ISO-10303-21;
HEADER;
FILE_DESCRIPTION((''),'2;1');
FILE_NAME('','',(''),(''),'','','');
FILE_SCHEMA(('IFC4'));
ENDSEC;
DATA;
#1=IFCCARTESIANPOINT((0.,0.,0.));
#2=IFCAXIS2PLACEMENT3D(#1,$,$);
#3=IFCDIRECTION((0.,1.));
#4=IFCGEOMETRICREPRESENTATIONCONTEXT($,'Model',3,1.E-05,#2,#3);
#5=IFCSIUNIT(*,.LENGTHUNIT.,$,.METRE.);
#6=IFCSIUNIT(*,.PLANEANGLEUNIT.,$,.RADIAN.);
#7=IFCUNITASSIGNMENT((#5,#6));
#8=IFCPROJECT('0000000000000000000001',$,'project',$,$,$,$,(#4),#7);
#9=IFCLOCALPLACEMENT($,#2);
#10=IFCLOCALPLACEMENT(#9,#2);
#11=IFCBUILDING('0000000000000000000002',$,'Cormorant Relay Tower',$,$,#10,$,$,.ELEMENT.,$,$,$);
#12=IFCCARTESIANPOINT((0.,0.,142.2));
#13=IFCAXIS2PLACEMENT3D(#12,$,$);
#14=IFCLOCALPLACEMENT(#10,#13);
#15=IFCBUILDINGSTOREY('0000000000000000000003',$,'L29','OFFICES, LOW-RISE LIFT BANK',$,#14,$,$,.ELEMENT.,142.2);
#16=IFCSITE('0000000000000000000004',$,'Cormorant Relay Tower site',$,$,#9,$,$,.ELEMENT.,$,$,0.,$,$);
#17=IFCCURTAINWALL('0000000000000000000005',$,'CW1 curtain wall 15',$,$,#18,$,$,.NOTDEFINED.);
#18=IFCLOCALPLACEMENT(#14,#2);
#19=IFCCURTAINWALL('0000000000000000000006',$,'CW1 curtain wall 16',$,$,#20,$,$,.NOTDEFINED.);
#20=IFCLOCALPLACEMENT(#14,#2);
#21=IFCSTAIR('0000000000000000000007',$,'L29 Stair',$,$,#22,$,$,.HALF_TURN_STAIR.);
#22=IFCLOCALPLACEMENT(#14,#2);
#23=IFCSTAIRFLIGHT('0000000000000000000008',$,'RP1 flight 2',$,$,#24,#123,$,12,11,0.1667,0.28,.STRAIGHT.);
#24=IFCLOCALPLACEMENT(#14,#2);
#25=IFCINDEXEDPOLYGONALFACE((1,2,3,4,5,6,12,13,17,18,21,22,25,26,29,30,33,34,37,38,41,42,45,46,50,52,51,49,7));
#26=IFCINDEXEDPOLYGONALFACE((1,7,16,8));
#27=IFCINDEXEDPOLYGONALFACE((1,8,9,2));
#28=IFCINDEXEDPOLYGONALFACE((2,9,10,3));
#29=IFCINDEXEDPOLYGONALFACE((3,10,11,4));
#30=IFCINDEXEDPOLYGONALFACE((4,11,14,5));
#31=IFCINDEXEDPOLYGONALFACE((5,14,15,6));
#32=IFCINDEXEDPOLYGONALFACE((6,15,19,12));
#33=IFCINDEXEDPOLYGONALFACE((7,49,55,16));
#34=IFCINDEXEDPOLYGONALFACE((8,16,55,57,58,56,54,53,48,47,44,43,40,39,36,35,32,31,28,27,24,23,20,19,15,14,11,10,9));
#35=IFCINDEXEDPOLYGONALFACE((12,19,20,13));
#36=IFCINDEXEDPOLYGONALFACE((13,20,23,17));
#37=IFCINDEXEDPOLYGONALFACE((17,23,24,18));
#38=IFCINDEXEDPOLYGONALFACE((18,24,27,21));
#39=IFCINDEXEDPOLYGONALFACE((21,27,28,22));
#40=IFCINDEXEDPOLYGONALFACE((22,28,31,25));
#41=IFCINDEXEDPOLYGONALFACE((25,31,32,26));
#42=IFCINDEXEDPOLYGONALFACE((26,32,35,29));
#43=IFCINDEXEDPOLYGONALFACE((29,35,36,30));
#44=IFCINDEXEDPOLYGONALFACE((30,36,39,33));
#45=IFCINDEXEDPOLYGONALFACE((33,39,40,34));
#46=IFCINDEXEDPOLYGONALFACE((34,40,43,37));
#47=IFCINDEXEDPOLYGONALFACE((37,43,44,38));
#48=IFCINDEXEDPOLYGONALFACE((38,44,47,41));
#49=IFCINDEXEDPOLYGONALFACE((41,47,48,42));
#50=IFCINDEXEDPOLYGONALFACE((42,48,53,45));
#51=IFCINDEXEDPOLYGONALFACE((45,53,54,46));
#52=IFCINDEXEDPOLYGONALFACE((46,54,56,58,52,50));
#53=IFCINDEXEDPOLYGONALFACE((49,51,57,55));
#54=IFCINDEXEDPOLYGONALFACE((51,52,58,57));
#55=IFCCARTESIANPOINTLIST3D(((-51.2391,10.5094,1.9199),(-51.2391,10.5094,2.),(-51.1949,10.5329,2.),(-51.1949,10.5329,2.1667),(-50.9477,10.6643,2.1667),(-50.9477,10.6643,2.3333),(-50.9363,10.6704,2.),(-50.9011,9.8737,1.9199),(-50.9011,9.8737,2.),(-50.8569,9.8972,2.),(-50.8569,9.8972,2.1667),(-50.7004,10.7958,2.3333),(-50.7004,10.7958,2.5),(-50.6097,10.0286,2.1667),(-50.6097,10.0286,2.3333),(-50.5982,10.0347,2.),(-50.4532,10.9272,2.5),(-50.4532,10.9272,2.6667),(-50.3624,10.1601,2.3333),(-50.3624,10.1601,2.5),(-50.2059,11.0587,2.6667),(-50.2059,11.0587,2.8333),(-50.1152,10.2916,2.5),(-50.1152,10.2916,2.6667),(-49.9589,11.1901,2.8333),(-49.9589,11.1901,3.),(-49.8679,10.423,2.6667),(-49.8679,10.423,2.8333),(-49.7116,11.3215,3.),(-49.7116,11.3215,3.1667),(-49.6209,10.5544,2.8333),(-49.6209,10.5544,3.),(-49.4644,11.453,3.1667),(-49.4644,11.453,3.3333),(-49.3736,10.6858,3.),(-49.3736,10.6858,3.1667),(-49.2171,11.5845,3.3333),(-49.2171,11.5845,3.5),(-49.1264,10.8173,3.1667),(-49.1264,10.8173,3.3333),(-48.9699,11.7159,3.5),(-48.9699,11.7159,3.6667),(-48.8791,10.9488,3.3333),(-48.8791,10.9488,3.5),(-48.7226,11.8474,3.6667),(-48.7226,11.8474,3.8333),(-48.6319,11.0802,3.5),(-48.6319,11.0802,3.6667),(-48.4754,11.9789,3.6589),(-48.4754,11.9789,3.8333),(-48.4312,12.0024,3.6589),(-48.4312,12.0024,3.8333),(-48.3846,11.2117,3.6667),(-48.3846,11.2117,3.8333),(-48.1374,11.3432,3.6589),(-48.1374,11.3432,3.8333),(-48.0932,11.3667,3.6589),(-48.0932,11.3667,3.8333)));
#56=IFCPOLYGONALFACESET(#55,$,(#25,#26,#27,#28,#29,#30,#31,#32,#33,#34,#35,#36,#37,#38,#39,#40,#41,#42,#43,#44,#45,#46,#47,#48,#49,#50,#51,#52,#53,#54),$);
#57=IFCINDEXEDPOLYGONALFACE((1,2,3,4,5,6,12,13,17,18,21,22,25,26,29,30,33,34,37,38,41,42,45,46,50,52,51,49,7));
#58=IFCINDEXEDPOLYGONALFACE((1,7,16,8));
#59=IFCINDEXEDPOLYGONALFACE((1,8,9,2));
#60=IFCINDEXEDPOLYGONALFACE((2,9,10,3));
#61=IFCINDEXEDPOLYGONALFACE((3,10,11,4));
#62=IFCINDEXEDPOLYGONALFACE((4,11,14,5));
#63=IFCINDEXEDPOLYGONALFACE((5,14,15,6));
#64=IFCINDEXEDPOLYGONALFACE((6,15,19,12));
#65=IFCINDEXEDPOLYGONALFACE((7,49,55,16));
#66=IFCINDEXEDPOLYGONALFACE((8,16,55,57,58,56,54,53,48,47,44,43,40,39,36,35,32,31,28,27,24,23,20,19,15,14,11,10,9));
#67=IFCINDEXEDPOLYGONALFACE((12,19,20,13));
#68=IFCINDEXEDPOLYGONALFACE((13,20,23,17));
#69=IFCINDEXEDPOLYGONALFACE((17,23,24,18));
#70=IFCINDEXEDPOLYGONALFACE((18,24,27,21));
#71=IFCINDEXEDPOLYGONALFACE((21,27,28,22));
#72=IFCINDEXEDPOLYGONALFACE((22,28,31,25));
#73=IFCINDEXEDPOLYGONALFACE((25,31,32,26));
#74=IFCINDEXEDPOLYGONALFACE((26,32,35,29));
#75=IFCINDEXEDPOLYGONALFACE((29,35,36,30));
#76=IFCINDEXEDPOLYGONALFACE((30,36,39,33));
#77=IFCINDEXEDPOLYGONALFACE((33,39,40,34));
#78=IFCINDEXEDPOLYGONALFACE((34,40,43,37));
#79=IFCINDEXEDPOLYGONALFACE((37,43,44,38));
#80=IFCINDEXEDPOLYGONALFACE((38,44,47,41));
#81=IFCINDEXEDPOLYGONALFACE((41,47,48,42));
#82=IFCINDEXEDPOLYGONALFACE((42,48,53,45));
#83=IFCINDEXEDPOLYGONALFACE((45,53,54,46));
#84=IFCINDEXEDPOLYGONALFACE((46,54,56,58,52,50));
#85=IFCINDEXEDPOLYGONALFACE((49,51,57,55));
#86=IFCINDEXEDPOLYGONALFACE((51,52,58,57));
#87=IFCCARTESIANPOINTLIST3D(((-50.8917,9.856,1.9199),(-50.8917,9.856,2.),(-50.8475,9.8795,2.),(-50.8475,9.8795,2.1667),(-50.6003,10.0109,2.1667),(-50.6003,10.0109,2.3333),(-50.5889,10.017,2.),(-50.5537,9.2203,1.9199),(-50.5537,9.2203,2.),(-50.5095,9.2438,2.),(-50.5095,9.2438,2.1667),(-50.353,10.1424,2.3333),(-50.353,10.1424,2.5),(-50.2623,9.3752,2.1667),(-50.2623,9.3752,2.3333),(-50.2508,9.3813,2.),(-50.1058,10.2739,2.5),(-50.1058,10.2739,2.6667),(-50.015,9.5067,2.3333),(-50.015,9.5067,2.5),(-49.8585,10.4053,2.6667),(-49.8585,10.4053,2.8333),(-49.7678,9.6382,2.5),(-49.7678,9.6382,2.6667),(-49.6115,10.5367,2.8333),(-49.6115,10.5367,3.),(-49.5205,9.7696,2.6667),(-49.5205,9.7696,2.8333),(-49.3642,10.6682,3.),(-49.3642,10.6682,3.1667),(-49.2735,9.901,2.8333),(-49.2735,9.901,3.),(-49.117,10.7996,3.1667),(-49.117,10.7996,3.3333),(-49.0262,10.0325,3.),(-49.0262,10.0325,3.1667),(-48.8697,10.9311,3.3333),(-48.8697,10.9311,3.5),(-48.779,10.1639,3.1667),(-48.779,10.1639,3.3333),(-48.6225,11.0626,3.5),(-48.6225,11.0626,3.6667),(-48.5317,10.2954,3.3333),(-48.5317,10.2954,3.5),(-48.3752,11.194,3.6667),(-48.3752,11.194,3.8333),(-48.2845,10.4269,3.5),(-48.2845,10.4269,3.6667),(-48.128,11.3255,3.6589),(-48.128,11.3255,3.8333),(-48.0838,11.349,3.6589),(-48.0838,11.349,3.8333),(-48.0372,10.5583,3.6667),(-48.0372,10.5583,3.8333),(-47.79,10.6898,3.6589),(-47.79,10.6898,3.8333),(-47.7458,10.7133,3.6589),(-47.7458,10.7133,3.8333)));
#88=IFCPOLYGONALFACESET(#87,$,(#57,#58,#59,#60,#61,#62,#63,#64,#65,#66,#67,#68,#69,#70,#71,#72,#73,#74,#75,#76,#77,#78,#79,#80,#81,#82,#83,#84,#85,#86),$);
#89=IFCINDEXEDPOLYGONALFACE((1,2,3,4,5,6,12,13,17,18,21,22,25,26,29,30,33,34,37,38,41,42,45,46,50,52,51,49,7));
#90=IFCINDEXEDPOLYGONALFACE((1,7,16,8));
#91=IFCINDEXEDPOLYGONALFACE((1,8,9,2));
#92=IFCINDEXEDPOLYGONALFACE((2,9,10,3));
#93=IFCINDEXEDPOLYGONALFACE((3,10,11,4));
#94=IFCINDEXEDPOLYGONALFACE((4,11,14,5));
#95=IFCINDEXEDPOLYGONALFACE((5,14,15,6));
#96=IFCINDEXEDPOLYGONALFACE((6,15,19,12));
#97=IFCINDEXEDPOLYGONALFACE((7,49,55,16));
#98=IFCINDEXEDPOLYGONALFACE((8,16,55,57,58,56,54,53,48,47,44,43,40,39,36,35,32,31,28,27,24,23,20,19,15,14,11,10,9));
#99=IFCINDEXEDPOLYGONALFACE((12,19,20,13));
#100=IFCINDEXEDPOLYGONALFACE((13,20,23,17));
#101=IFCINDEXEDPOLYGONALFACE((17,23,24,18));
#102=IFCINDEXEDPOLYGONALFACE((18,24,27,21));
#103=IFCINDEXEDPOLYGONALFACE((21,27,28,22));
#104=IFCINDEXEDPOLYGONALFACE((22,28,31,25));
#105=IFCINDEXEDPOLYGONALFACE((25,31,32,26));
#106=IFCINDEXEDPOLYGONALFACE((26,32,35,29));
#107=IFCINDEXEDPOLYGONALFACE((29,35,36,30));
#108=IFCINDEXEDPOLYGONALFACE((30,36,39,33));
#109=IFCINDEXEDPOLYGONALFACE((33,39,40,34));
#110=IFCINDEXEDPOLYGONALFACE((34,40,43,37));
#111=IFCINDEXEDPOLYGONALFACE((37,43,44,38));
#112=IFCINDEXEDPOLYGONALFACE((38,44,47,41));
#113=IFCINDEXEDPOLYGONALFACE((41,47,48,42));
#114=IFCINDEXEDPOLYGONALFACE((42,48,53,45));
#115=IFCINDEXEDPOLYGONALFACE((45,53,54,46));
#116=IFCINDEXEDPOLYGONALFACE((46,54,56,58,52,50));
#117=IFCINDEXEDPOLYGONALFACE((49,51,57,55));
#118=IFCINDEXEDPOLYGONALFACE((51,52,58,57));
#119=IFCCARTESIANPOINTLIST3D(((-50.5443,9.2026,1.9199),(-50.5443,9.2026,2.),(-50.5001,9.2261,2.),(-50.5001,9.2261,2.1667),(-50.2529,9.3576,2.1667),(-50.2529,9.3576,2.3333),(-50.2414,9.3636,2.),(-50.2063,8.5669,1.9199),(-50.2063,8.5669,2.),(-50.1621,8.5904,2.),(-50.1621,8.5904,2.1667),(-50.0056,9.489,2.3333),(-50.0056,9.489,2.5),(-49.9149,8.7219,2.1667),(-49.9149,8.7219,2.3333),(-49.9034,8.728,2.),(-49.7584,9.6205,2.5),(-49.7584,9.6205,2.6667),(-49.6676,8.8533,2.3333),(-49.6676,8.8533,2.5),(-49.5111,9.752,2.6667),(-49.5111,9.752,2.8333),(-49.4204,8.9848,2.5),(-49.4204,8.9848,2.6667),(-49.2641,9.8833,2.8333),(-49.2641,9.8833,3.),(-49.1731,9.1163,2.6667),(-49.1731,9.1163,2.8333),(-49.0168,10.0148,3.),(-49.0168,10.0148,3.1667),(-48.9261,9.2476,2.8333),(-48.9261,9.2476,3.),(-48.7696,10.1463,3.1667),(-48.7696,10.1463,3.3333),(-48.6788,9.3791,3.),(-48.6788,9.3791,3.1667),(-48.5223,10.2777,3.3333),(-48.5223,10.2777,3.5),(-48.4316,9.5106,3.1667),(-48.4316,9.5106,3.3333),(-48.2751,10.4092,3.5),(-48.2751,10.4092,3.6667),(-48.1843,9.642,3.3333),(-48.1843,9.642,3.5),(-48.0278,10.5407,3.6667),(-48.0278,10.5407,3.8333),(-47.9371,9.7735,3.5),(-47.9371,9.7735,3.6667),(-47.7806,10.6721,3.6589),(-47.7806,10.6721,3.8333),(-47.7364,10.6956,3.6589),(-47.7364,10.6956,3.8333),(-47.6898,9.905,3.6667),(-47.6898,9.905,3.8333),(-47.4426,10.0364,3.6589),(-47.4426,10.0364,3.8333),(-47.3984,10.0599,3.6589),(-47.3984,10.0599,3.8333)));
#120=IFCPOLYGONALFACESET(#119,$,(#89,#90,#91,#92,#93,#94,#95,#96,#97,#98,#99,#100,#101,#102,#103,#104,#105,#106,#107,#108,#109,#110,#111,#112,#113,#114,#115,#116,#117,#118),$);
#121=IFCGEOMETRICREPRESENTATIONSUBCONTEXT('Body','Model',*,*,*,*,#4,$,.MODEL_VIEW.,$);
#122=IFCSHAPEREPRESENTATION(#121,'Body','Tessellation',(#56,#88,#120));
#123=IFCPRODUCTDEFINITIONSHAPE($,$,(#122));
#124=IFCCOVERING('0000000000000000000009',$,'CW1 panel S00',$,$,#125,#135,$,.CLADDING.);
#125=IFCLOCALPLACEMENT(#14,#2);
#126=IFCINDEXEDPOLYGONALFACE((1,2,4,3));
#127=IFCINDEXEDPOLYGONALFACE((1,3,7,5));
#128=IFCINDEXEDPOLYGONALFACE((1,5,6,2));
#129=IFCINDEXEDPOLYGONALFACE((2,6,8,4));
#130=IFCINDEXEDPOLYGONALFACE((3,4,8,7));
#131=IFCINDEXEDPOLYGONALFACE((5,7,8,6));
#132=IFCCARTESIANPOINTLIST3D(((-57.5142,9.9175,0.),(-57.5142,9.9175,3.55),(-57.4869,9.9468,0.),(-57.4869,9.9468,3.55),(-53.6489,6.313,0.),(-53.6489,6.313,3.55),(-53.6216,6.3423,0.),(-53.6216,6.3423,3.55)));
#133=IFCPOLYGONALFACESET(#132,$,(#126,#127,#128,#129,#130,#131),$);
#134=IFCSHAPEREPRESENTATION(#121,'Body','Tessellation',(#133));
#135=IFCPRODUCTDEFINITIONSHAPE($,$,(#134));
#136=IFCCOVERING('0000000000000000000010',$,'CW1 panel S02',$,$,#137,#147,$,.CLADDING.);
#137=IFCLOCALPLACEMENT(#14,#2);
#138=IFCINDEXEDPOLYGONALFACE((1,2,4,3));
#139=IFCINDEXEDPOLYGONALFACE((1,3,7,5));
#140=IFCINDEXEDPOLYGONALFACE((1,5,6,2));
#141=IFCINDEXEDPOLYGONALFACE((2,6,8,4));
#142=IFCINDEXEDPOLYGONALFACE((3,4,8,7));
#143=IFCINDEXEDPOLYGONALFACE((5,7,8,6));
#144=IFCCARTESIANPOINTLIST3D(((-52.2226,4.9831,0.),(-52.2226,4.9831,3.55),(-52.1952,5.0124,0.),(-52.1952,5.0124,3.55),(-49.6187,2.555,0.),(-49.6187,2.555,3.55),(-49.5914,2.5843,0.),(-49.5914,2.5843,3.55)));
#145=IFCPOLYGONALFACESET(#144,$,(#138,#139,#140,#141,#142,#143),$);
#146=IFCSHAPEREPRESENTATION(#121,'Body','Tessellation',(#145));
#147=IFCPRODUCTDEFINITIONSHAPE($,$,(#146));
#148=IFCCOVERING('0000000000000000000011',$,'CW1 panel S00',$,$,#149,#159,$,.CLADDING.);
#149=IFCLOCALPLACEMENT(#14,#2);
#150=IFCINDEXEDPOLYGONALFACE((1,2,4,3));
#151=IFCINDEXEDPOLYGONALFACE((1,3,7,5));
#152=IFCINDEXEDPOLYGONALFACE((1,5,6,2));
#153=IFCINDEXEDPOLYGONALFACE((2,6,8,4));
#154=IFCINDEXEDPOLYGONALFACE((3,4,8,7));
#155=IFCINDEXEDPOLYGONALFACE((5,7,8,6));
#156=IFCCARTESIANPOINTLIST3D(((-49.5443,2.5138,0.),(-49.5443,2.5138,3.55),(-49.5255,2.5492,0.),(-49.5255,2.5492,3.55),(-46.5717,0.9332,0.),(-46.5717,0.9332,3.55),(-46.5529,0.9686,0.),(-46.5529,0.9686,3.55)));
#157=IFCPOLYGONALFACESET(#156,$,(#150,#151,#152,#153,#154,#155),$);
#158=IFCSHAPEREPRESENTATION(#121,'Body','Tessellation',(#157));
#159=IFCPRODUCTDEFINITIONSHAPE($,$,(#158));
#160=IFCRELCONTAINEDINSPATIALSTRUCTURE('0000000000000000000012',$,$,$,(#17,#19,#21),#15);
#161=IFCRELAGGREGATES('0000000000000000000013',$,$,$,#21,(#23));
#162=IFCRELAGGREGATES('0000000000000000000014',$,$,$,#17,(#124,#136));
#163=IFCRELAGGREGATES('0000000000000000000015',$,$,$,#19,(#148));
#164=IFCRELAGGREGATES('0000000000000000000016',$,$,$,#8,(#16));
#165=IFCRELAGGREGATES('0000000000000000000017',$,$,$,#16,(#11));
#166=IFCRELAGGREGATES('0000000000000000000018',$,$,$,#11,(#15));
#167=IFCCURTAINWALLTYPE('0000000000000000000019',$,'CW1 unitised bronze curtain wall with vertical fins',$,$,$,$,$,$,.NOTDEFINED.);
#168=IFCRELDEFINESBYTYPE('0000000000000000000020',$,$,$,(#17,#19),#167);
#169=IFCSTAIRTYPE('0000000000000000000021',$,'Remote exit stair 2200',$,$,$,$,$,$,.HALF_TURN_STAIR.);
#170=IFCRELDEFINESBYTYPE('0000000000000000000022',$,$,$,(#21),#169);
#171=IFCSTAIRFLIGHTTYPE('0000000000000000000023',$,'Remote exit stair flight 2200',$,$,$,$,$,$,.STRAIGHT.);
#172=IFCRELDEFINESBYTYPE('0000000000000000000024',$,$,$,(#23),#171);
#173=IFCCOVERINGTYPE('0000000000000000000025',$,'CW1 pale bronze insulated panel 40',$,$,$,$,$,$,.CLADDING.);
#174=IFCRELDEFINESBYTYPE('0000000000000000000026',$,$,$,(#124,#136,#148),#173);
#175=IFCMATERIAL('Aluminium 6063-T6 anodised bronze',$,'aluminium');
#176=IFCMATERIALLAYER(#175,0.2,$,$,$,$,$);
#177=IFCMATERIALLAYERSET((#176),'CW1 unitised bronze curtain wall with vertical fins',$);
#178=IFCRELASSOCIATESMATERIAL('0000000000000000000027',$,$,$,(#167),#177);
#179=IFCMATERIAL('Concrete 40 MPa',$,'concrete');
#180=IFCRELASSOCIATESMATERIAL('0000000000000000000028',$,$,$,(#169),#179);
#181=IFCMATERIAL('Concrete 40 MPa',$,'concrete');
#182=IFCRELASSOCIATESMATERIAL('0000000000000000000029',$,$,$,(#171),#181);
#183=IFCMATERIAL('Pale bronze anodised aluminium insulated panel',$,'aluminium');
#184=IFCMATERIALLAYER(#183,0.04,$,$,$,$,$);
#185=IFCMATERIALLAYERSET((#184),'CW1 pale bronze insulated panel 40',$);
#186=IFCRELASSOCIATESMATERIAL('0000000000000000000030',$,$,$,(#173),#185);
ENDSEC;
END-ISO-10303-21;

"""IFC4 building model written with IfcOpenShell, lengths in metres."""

from ifc_helpers import new_model, si_unit, direction, frame, origin, origin_2d, place, context, subcontext, project, spatial, polyline, rectangle, outline, extrude, material, layer, layer_set, type_object, element, aggregate, save


model = new_model("IFC4")

# Units and contexts
model_context = context("Model", 3, precision=1e-05, world=origin(), true_north=direction((0.0, 1.0)))
body_context = subcontext(model_context, "Body", "Model", "MODEL_VIEW")
ifc_project = project(units=[si_unit("LENGTHUNIT", "METRE"), si_unit("PLANEANGLEUNIT", "RADIAN")], contexts=[model_context])

# Site, building, storey
site_placement = place(None, origin())
site = spatial("IfcSite", under=ifc_project, at=site_placement, Name="Cormorant Relay Tower site", CompositionType="ELEMENT", RefElevation=0.0)
building_placement = place(site_placement, origin())
building = spatial("IfcBuilding", under=site, at=building_placement, Name="Cormorant Relay Tower", CompositionType="ELEMENT")
storey_placement = place(building_placement, frame((0.0, 0.0, 142.2)))
storey = spatial("IfcBuildingStorey", under=building, at=storey_placement, Name="L29", Description="OFFICES, LOW-RISE LIFT BANK", CompositionType="ELEMENT", Elevation=142.2)

# Shared definitions
ifc_material_1 = material(Name="Aluminium 6063-T6 anodised bronze", Category="aluminium")
ifc_layer_1 = layer(ifc_material_1, 0.2)
ifc_layer_set_1 = layer_set([ifc_layer_1], Name="CW1 unitised bronze curtain wall with vertical fins")
curtain_wall_type = type_object("IfcCurtainWallType", Name="CW1 unitised bronze curtain wall with vertical fins", PredefinedType="NOTDEFINED", material=ifc_layer_set_1)

# Curtain wall
curtain_wall_1_placement = place(storey_placement, origin())
curtain_wall_1 = element("IfcCurtainWall", 1, at=curtain_wall_1_placement, inside=storey, type_object=curtain_wall_type, Name="CW1 curtain wall 15", PredefinedType="NOTDEFINED")

# Curtain wall
curtain_wall_2_placement = place(storey_placement, origin())
curtain_wall_2 = element("IfcCurtainWall", 2, at=curtain_wall_2_placement, inside=storey, type_object=curtain_wall_type, Name="CW1 curtain wall 16", PredefinedType="NOTDEFINED")

# Stair, stair flight
ifc_material_2 = material(Name="Concrete 40 MPa", Category="concrete")
stair_type = type_object("IfcStairType", Name="Remote exit stair 2200", PredefinedType="HALF_TURN_STAIR", material=ifc_material_2)
stair_placement = place(storey_placement, origin())
stair = element("IfcStair", 3, at=stair_placement, inside=storey, type_object=stair_type, Name="L29 Stair", PredefinedType="HALF_TURN_STAIR")
ifc_material_3 = material(Name="Concrete 40 MPa", Category="concrete")
stair_flight_type = type_object("IfcStairFlightType", Name="Remote exit stair flight 2200", PredefinedType="STRAIGHT", material=ifc_material_3)
stair_flight_1_placement = place(storey_placement, frame((-50.6785, 9.5615, 2.0), z_axis=(0.0, 0.0, 1.0), x_axis=(0.882948, 0.469472, 0.0)))
stair_flight_1 = element("IfcStairFlight", 4, at=stair_flight_1_placement, type_object=stair_flight_type, Name="RP1 flight 2", NumberOfRisers=12, NumberOfTreads=11, PredefinedType="STRAIGHT", RiserHeight=0.1667, TreadLength=0.28, context=body_context, shape_type="SweptSolid", body=[
    extrude(outline(polyline([(-0.05, -0.0801), (-0.05, 0.0), (0.0, 0.0), (0.0, 0.1667), (0.28, 0.1667), (0.28, 0.3333), (0.5601, 0.3333), (0.5601, 0.5), (0.8401, 0.5), (0.8401, 0.6667), (1.1201, 0.6667), (1.1201, 0.8333), (1.3999, 0.8333), (1.3999, 1.0), (1.6799, 1.0), (1.6799, 1.1667), (1.96, 1.1667), (1.96, 1.3333), (2.24, 1.3333), (2.24, 1.5), (2.52, 1.5), (2.52, 1.6667), (2.8, 1.6667), (2.8, 1.8333), (3.0801, 1.8333), (3.1301, 1.8333), (3.1301, 1.6589), (3.0801, 1.6589), (0.293, 0.0), (-0.05, -0.0801)])), frame((0.0, 1.1001, 0.0), z_axis=(0.0, -1.0, 0.0), x_axis=(1.0, 0.0, 0.0)), (0.0, 0.0, 1.0), 0.72),
    extrude(outline(polyline([(-0.05, -0.0801), (-0.05, 0.0), (0.0, 0.0), (0.0, 0.1667), (0.28, 0.1667), (0.28, 0.3333), (0.5601, 0.3333), (0.5601, 0.5), (0.8401, 0.5), (0.8401, 0.6667), (1.1201, 0.6667), (1.1201, 0.8333), (1.3999, 0.8333), (1.3999, 1.0), (1.6799, 1.0), (1.6799, 1.1667), (1.96, 1.1667), (1.96, 1.3333), (2.24, 1.3333), (2.24, 1.5), (2.52, 1.5), (2.52, 1.6667), (2.8, 1.6667), (2.8, 1.8333), (3.0801, 1.8333), (3.1301, 1.8333), (3.1301, 1.6589), (3.0801, 1.6589), (0.293, 0.0), (-0.05, -0.0801)])), frame((0.0, 0.3601, 0.0), z_axis=(0.0, -1.0, 0.0), x_axis=(1.0, 0.0, 0.0)), (0.0, 0.0, 1.0), 0.72),
    extrude(outline(polyline([(-0.05, -0.0801), (-0.05, 0.0), (0.0, 0.0), (0.0, 0.1667), (0.28, 0.1667), (0.28, 0.3333), (0.5601, 0.3333), (0.5601, 0.5), (0.8401, 0.5), (0.8401, 0.6667), (1.1201, 0.6667), (1.1201, 0.8333), (1.3999, 0.8333), (1.3999, 1.0), (1.6799, 1.0), (1.6799, 1.1667), (1.96, 1.1667), (1.96, 1.3333), (2.24, 1.3333), (2.24, 1.5), (2.52, 1.5), (2.52, 1.6667), (2.8, 1.6667), (2.8, 1.8333), (3.0801, 1.8333), (3.1301, 1.8333), (3.1301, 1.6589), (3.0801, 1.6589), (0.293, 0.0), (-0.05, -0.0801)])), frame((0.0, -0.3799, 0.0), z_axis=(0.0, -1.0, 0.0), x_axis=(1.0, 0.0, 0.0)), (0.0, 0.0, 1.0), 0.72),
])
aggregate(stair, [stair_flight_1])

# Coverings
ifc_material_4 = material(Name="Pale bronze anodised aluminium insulated panel", Category="aluminium")
ifc_layer_2 = layer(ifc_material_4, 0.04)
ifc_layer_set_2 = layer_set([ifc_layer_2], Name="CW1 pale bronze insulated panel 40")
covering_type = type_object("IfcCoveringType", Name="CW1 pale bronze insulated panel 40", PredefinedType="CLADDING", material=ifc_layer_set_2)
covering_1_placement = place(storey_placement, frame((-55.5679, 8.1299, 0.0), z_axis=(0.0, 0.0, 1.0), x_axis=(0.731354, -0.681998, 0.0)))
covering_1 = element("IfcCovering", 5, at=covering_1_placement, type_object=covering_type, Name="CW1 panel S00", PredefinedType="CLADDING", context=body_context, shape_type="SweptSolid", body=[
    extrude(rectangle(XDim=5.2852, YDim=0.04, at=origin_2d()), origin(), (0.0, 0.0, 1.0), 3.55),
])
covering_2_placement = place(storey_placement, frame((-50.907, 3.7837, 0.0), z_axis=(0.0, 0.0, 1.0), x_axis=(0.731354, -0.681998, 0.0)))
covering_2 = element("IfcCovering", 6, at=covering_2_placement, type_object=covering_type, Name="CW1 panel S02", PredefinedType="CLADDING", context=body_context, shape_type="SweptSolid", body=[
    extrude(rectangle(XDim=3.5603, YDim=0.04, at=origin_2d()), origin(), (0.0, 0.0, 1.0), 3.55),
])
aggregate(curtain_wall_1, [covering_1, covering_2])
covering_3_placement = place(storey_placement, frame((-48.0486, 1.7412, 0.0), z_axis=(0.0, 0.0, 1.0), x_axis=(0.882948, -0.469472, 0.0)))
covering_3 = element("IfcCovering", 7, at=covering_3_placement, type_object=covering_type, Name="CW1 panel S00", PredefinedType="CLADDING", context=body_context, shape_type="SweptSolid", body=[
    extrude(rectangle(XDim=3.3667, YDim=0.04, at=origin_2d()), origin(), (0.0, 0.0, 1.0), 3.55),
])
aggregate(curtain_wall_2, [covering_3])

save(model, "model.ifc")
